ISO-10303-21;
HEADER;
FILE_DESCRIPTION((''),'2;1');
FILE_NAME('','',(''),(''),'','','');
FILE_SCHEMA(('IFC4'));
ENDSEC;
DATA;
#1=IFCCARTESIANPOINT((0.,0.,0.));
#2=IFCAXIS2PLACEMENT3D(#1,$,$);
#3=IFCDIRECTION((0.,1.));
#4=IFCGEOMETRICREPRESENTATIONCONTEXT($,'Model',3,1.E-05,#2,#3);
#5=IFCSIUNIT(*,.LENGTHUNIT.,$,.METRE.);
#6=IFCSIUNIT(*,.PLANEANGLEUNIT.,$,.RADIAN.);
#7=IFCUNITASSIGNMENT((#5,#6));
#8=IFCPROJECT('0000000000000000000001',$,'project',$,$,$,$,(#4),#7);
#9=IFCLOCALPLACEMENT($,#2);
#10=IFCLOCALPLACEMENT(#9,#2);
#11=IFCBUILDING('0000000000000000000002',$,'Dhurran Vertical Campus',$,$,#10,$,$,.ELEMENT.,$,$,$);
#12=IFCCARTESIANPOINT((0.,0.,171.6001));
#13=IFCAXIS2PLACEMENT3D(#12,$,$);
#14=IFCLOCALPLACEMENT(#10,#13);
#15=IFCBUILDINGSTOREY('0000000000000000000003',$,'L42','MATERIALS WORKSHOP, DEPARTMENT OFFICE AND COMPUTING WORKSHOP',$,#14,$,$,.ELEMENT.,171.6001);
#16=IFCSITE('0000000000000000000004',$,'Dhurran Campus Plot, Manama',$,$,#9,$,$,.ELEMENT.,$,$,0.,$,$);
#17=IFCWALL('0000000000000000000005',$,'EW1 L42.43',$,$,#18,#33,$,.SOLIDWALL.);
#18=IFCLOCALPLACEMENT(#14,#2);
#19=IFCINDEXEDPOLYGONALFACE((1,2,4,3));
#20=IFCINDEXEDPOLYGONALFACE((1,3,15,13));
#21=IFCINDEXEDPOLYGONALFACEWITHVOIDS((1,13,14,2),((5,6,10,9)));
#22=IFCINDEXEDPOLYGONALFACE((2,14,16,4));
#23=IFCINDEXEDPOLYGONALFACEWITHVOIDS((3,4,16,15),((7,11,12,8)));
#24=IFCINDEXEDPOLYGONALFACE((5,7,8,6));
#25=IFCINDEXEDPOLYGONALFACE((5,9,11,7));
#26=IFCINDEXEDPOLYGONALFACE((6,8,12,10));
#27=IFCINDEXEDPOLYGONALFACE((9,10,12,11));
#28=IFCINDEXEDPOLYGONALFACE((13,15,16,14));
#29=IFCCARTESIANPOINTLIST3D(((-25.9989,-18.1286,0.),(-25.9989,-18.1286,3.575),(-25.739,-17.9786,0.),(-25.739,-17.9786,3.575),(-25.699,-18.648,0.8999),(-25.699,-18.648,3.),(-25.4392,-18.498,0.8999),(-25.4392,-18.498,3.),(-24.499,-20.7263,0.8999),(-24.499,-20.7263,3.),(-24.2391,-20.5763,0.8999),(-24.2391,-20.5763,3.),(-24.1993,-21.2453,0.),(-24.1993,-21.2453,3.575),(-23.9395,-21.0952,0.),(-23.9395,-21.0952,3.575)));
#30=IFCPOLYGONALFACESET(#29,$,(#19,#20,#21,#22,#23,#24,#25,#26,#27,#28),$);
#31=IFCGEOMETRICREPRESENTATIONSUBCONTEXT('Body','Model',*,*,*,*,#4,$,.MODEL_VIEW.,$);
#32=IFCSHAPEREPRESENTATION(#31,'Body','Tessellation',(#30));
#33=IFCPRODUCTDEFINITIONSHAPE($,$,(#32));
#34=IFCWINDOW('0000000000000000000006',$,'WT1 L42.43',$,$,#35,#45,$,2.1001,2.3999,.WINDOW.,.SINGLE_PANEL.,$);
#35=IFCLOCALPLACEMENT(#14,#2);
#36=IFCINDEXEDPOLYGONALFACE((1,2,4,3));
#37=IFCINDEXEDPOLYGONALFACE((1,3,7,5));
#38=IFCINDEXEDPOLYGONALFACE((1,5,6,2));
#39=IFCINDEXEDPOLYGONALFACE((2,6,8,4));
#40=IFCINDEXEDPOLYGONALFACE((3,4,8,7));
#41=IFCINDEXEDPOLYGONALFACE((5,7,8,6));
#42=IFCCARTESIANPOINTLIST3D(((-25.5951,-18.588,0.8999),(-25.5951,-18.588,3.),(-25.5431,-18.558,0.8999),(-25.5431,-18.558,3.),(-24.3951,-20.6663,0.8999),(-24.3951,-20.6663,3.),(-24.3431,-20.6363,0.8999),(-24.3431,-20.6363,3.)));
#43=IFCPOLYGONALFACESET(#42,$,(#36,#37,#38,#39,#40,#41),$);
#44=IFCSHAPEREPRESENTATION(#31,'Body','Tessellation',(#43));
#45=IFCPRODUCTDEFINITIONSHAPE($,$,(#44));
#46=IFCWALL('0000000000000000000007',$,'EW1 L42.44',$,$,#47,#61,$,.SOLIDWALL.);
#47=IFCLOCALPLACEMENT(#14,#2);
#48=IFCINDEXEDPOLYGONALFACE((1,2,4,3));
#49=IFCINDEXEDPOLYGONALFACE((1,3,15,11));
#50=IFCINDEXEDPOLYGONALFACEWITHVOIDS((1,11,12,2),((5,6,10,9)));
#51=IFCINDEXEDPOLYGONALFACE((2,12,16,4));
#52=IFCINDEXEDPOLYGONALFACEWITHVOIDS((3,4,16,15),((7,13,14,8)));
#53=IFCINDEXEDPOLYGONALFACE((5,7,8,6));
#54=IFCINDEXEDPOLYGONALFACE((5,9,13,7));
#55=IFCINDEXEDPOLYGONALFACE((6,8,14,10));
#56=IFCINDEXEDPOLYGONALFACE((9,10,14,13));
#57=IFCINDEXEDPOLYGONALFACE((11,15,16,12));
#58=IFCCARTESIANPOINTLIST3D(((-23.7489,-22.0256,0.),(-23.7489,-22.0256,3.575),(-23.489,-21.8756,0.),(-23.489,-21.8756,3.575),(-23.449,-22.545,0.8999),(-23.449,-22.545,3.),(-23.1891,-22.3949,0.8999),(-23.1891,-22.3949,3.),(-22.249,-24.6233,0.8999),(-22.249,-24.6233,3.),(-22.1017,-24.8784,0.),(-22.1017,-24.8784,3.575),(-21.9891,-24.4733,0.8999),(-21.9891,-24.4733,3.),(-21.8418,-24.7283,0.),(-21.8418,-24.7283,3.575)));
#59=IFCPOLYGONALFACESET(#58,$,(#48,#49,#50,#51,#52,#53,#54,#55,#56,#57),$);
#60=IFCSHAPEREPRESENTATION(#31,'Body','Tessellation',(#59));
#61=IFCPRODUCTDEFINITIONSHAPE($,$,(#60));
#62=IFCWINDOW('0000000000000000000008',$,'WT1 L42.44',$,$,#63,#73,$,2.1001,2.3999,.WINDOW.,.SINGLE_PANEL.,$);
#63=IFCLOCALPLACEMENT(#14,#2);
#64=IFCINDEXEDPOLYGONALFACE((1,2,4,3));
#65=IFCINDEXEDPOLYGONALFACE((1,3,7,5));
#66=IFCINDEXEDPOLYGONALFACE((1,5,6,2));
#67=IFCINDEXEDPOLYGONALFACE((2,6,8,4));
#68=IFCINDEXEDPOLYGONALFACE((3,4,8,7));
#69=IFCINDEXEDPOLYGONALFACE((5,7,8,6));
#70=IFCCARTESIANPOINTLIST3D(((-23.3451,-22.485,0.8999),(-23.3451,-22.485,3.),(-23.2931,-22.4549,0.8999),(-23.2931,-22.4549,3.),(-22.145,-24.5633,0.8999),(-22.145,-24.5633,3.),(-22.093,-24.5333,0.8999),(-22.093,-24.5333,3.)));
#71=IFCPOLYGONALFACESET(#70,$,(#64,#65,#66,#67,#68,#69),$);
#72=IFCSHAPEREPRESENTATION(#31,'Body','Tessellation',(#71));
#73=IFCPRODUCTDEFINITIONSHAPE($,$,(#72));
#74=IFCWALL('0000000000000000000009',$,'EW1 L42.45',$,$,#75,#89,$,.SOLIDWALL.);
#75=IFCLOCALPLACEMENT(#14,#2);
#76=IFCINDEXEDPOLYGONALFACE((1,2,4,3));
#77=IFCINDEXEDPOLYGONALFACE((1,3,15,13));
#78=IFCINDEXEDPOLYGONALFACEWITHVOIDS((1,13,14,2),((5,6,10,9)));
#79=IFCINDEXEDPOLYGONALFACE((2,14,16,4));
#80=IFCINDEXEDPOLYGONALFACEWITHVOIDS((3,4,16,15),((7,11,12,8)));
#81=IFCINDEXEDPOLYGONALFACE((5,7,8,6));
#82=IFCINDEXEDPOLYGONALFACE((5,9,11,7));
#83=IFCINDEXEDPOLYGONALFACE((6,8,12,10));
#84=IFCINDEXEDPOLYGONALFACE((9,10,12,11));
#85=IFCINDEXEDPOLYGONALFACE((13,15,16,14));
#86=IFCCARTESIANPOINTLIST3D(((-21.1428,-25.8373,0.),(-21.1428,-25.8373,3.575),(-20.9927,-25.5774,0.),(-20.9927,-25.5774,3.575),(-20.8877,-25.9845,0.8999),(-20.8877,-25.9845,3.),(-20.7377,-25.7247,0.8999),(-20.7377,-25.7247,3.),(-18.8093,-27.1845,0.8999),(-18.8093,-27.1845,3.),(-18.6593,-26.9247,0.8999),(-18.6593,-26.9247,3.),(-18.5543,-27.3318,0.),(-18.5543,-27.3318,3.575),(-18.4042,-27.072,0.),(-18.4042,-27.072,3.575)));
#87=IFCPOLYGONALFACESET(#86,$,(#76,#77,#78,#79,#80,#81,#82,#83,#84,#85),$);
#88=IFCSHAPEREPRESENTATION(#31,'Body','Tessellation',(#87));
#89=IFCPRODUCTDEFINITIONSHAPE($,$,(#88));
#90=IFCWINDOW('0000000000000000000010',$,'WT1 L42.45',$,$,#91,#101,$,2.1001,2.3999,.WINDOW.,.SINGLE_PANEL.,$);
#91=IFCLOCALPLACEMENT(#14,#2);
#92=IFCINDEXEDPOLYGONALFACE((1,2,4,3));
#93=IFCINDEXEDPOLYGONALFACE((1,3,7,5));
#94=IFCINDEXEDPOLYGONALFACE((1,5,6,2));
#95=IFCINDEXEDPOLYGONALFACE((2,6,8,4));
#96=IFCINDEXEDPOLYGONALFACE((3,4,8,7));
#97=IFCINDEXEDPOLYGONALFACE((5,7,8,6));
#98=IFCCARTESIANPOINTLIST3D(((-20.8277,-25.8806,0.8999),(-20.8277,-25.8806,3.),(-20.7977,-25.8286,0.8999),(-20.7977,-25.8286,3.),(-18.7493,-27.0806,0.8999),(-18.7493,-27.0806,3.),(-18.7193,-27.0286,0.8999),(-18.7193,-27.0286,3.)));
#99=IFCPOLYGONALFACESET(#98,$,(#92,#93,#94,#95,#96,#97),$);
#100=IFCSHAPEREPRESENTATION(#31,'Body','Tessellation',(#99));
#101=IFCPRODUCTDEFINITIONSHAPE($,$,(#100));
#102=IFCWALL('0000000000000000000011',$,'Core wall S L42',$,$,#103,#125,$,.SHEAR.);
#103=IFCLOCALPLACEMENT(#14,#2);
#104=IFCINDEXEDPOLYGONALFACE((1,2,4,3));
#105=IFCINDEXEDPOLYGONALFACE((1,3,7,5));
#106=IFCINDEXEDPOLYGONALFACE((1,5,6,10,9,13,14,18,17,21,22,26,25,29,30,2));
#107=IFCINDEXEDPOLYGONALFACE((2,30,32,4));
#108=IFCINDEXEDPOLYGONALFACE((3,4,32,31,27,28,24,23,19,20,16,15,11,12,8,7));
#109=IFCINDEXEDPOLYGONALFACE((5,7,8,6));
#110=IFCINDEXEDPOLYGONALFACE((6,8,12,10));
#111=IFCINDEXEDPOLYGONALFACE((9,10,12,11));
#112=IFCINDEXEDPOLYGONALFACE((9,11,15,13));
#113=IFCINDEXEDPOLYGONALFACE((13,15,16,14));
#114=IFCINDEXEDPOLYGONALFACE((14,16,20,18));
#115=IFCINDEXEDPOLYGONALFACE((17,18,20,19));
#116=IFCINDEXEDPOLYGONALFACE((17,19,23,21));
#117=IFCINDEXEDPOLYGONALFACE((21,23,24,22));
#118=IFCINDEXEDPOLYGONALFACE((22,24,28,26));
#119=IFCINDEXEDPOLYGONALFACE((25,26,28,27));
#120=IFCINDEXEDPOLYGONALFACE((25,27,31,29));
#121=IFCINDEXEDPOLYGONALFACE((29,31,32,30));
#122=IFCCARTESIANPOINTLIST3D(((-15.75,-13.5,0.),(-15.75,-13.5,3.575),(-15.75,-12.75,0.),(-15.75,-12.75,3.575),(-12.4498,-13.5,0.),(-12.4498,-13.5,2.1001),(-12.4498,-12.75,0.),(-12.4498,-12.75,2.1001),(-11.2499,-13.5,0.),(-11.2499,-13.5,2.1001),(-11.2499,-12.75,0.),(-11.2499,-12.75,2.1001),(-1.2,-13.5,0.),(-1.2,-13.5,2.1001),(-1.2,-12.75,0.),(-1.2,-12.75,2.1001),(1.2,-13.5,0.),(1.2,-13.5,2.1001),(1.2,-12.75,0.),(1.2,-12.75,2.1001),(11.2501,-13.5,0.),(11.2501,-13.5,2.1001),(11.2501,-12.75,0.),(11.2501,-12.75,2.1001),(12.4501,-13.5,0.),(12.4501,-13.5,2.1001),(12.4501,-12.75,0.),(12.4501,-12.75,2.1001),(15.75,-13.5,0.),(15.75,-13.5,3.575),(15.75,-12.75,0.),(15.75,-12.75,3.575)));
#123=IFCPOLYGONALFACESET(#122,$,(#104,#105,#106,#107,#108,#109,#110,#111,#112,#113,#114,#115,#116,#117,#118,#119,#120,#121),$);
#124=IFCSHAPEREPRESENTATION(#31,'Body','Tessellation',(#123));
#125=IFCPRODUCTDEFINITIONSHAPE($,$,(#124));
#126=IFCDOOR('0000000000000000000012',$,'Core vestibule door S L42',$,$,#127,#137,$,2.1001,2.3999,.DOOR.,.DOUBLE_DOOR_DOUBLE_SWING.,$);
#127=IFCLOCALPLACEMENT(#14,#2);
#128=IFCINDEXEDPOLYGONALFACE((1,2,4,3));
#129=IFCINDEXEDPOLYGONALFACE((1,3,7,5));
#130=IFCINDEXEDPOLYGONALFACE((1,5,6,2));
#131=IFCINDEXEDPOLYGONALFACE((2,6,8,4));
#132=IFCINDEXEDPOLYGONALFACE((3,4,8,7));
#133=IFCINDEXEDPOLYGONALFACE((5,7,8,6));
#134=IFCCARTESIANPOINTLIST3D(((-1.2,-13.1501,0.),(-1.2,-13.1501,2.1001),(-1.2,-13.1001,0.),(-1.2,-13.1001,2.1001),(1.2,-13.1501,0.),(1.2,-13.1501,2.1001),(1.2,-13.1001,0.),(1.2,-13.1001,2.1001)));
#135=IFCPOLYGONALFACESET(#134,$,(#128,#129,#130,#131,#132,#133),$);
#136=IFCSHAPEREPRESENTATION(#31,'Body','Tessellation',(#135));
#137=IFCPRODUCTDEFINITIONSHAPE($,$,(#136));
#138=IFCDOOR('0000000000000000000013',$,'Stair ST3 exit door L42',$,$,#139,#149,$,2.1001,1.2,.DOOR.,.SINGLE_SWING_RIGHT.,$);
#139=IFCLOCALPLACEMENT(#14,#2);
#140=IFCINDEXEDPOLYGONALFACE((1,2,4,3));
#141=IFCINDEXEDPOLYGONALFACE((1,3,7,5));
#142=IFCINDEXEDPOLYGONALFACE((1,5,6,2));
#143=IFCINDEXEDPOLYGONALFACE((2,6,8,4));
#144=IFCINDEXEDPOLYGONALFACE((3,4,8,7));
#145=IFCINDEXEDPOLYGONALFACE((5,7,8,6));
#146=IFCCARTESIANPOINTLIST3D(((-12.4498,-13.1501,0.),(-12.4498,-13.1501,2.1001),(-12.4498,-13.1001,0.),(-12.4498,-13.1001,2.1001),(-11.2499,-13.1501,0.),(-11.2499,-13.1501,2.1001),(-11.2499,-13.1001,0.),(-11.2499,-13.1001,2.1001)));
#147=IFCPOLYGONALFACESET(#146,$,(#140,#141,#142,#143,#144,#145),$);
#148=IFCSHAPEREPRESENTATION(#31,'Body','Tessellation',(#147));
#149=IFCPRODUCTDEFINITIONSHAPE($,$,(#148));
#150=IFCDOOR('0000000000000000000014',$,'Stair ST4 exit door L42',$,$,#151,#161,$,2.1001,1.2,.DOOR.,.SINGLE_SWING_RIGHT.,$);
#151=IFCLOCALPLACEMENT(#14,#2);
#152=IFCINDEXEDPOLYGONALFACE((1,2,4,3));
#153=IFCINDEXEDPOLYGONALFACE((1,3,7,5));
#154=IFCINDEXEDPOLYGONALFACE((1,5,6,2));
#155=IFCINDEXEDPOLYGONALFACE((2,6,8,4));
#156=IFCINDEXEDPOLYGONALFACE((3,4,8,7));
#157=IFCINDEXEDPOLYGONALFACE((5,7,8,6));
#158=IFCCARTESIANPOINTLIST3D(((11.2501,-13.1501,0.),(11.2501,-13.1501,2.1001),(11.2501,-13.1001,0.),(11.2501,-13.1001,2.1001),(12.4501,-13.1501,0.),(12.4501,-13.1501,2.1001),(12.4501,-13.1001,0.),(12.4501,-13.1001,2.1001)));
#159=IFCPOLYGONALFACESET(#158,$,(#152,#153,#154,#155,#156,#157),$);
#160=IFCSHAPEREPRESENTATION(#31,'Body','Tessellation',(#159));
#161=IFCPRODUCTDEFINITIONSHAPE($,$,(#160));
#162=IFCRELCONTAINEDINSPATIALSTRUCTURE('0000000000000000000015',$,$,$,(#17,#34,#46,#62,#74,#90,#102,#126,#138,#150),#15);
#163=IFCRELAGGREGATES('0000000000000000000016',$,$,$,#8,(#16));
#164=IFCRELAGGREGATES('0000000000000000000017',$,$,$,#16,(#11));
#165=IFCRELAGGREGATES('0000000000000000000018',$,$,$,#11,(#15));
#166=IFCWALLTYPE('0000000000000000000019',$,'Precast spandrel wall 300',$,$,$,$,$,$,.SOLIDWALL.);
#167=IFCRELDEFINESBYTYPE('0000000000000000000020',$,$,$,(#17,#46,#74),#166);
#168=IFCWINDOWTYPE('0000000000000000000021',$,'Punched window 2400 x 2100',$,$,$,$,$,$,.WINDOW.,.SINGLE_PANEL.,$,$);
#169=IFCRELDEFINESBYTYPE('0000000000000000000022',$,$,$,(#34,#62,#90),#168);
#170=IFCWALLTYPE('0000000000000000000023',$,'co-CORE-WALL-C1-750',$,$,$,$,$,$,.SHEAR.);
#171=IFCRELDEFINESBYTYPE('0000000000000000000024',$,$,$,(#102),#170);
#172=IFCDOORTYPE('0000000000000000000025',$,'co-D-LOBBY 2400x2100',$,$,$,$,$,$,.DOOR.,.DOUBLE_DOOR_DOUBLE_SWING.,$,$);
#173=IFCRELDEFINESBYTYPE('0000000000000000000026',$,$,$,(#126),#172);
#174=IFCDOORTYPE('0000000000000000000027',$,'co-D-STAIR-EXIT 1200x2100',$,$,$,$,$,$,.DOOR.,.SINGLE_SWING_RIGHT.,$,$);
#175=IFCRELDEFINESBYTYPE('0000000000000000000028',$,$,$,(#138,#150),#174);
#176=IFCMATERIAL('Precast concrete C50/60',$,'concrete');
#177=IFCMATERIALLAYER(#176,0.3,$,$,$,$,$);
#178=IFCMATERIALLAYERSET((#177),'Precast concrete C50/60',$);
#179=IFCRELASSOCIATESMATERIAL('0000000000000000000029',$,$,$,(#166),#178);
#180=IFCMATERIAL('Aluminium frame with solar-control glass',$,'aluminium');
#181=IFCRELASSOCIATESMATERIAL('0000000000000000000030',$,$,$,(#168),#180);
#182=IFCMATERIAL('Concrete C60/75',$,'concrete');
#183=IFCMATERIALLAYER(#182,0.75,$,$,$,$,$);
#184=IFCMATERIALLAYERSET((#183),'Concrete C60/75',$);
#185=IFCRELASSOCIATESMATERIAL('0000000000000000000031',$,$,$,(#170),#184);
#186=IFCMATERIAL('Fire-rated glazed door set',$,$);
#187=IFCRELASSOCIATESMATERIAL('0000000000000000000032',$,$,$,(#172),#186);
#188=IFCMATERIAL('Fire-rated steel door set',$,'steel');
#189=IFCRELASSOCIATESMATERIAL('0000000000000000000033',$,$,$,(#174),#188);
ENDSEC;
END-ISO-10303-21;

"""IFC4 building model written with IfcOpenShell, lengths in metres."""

from ifc_helpers import new_model, si_unit, direction, frame, frame_2d, origin, place, context, subcontext, project, spatial, rectangle, extrude, material, layer, layer_set, type_object, element, fill, save


model = new_model("IFC4")

# Units and contexts
model_context = context("Model", 3, precision=1e-05, world=origin(), true_north=direction((0.0, 1.0)))
body_context = subcontext(model_context, "Body", "Model", "MODEL_VIEW")
ifc_project = project(units=[si_unit("LENGTHUNIT", "METRE"), si_unit("PLANEANGLEUNIT", "RADIAN")], contexts=[model_context])

# Site, building, storey
site_placement = place(None, origin())
site = spatial("IfcSite", under=ifc_project, at=site_placement, Name="Dhurran Campus Plot, Manama", CompositionType="ELEMENT", RefElevation=0.0)
building_placement = place(site_placement, origin())
building = spatial("IfcBuilding", under=site, at=building_placement, Name="Dhurran Vertical Campus", CompositionType="ELEMENT")
storey_placement = place(building_placement, frame((0.0, 0.0, 171.6001)))
storey = spatial("IfcBuildingStorey", under=building, at=storey_placement, Name="L42", Description="MATERIALS WORKSHOP, DEPARTMENT OFFICE AND COMPUTING WORKSHOP", CompositionType="ELEMENT", Elevation=171.6001)

# Walls, openings, windows
ifc_material_1 = material(Name="Precast concrete C50/60", Category="concrete")
ifc_layer_1 = layer(ifc_material_1, 0.3)
ifc_layer_set_1 = layer_set([ifc_layer_1], Name="Precast concrete C50/60")
wall_type_1 = type_object("IfcWallType", Name="Precast spandrel wall 300", PredefinedType="SOLIDWALL", material=ifc_layer_set_1)
ifc_material_2 = material(Name="Aluminium frame with solar-control glass", Category="aluminium")
window_type = type_object("IfcWindowType", Name="Punched window 2400 x 2100", PartitioningType="SINGLE_PANEL", PredefinedType="WINDOW", material=ifc_material_2)
wall_1_placement = place(storey_placement, frame((-25.8689, -18.0537, 0.0), z_axis=(0.0, 0.0, 1.0), x_axis=(0.500028, -0.866009, 0.0)))
wall_1 = element("IfcWall", 1, at=wall_1_placement, inside=storey, type_object=wall_type_1, Name="EW1 L42.43", PredefinedType="SOLIDWALL", context=body_context, shape_type="SweptSolid", body=[
    extrude(rectangle(XDim=3.5989, YDim=0.3, at=frame_2d((1.7993, 0.0))), origin(), (0.0, 0.0, 1.0), 3.575),
])
opening_1_placement = place(wall_1_placement, frame((0.5996, 0.0, 0.8999)))
opening_1 = element("IfcOpeningElement", 2, at=opening_1_placement, cuts=wall_1, PredefinedType="OPENING", context=body_context, shape_type="SweptSolid", body=[
    extrude(rectangle(XDim=2.3999, YDim=2.1001, at=frame_2d((1.2, 1.05))), frame((0.0, 0.1599, 0.0), z_axis=(0.0, -1.0, 0.0), x_axis=(1.0, 0.0, 0.0)), (0.0, 0.0, 1.0), 0.3201),
])
window_1_placement = place(opening_1_placement, origin())
window_1 = element("IfcWindow", 3, at=window_1_placement, inside=storey, type_object=window_type, Name="WT1 L42.43", OverallHeight=2.1001, OverallWidth=2.3999, PartitioningType="SINGLE_PANEL", PredefinedType="WINDOW", context=body_context, shape_type="SweptSolid", body=[
    extrude(rectangle(XDim=2.3999, YDim=2.1001, at=frame_2d((1.2, 1.05))), frame((0.0, 0.03, 0.0), z_axis=(0.0, -1.0, 0.0), x_axis=(1.0, 0.0, 0.0)), (0.0, 0.0, 1.0), 0.0601),
])
fill(opening_1, window_1)
wall_2_placement = place(storey_placement, frame((-23.6189, -21.9507, 0.0), z_axis=(0.0, 0.0, 1.0), x_axis=(0.500037, -0.866004, 0.0)))
wall_2 = element("IfcWall", 4, at=wall_2_placement, inside=storey, type_object=wall_type_1, Name="EW1 L42.44", PredefinedType="SOLIDWALL", context=body_context, shape_type="SweptSolid", body=[
    extrude(rectangle(XDim=3.2942, YDim=0.3, at=frame_2d((1.647, 0.0))), origin(), (0.0, 0.0, 1.0), 3.575),
])
opening_2_placement = place(wall_2_placement, frame((0.5996, 0.0, 0.8999)))
opening_2 = element("IfcOpeningElement", 5, at=opening_2_placement, cuts=wall_2, PredefinedType="OPENING", context=body_context, shape_type="SweptSolid", body=[
    extrude(rectangle(XDim=2.3999, YDim=2.1001, at=frame_2d((1.2, 1.05))), frame((0.0, 0.1599, 0.0), z_axis=(0.0, -1.0, 0.0), x_axis=(1.0, 0.0, 0.0)), (0.0, 0.0, 1.0), 0.3201),
])
window_2_placement = place(opening_2_placement, origin())
window_2 = element("IfcWindow", 6, at=window_2_placement, inside=storey, type_object=window_type, Name="WT1 L42.44", OverallHeight=2.1001, OverallWidth=2.3999, PartitioningType="SINGLE_PANEL", PredefinedType="WINDOW", context=body_context, shape_type="SweptSolid", body=[
    extrude(rectangle(XDim=2.3999, YDim=2.1001, at=frame_2d((1.2, 1.05))), frame((0.0, 0.03, 0.0), z_axis=(0.0, -1.0, 0.0), x_axis=(1.0, 0.0, 0.0)), (0.0, 0.0, 1.0), 0.0601),
])
fill(opening_2, window_2)
wall_3_placement = place(storey_placement, frame((-21.0679, -25.7073, 0.0), z_axis=(0.0, 0.0, 1.0), x_axis=(0.866013, -0.500022, 0.0)))
wall_3 = element("IfcWall", 7, at=wall_3_placement, inside=storey, type_object=wall_type_1, Name="EW1 L42.45", PredefinedType="SOLIDWALL", context=body_context, shape_type="SweptSolid", body=[
    extrude(rectangle(XDim=2.989, YDim=0.3, at=frame_2d((1.4946, 0.0))), origin(), (0.0, 0.0, 1.0), 3.575),
])
opening_3_placement = place(wall_3_placement, frame((0.2947, 0.0, 0.8999)))
opening_3 = element("IfcOpeningElement", 8, at=opening_3_placement, cuts=wall_3, PredefinedType="OPENING", context=body_context, shape_type="SweptSolid", body=[
    extrude(rectangle(XDim=2.3999, YDim=2.1001, at=frame_2d((1.2, 1.05))), frame((0.0, 0.1599, 0.0), z_axis=(0.0, -1.0, 0.0), x_axis=(1.0, 0.0, 0.0)), (0.0, 0.0, 1.0), 0.3201),
])
window_3_placement = place(opening_3_placement, origin())
window_3 = element("IfcWindow", 9, at=window_3_placement, inside=storey, type_object=window_type, Name="WT1 L42.45", OverallHeight=2.1001, OverallWidth=2.3999, PartitioningType="SINGLE_PANEL", PredefinedType="WINDOW", context=body_context, shape_type="SweptSolid", body=[
    extrude(rectangle(XDim=2.3999, YDim=2.1001, at=frame_2d((1.2, 1.05))), frame((0.0, 0.03, 0.0), z_axis=(0.0, -1.0, 0.0), x_axis=(1.0, 0.0, 0.0)), (0.0, 0.0, 1.0), 0.0601),
])
fill(opening_3, window_3)

# Wall, openings, doors
ifc_material_3 = material(Name="Concrete C60/75", Category="concrete")
ifc_layer_2 = layer(ifc_material_3, 0.75)
ifc_layer_set_2 = layer_set([ifc_layer_2], Name="Concrete C60/75")
wall_type_2 = type_object("IfcWallType", Name="co-CORE-WALL-C1-750", PredefinedType="SHEAR", material=ifc_layer_set_2)
wall_4_placement = place(storey_placement, frame((-15.75, -13.125, 0.0), z_axis=(0.0, 0.0, 1.0), x_axis=(1.0, 0.0, 0.0)))
wall_4 = element("IfcWall", 10, at=wall_4_placement, inside=storey, type_object=wall_type_2, Name="Core wall S L42", PredefinedType="SHEAR", context=body_context, shape_type="SweptSolid", body=[
    extrude(rectangle(XDim=31.5, YDim=0.75, at=frame_2d((15.75, 0.0))), origin(), (0.0, 0.0, 1.0), 3.575),
])
opening_4_placement = place(wall_4_placement, frame((14.55, 0.0, 0.0)))
opening_4 = element("IfcOpeningElement", 11, at=opening_4_placement, cuts=wall_4, PredefinedType="OPENING", context=body_context, shape_type="SweptSolid", body=[
    extrude(rectangle(XDim=2.3999, YDim=2.1001, at=frame_2d((1.2, 1.05))), frame((0.0, 0.385, 0.0), z_axis=(0.0, -1.0, 0.0), x_axis=(1.0, 0.0, 0.0)), (0.0, 0.0, 1.0), 0.77),
])
opening_5_placement = place(wall_4_placement, frame((3.3, 0.0, 0.0)))
opening_5 = element("IfcOpeningElement", 12, at=opening_5_placement, cuts=wall_4, PredefinedType="OPENING", context=body_context, shape_type="SweptSolid", body=[
    extrude(rectangle(XDim=1.2, YDim=2.1001, at=frame_2d((0.6001, 1.05))), frame((0.0, 0.385, 0.0), z_axis=(0.0, -1.0, 0.0), x_axis=(1.0, 0.0, 0.0)), (0.0, 0.0, 1.0), 0.77),
])
opening_6_placement = place(wall_4_placement, frame((27.0, 0.0, 0.0)))
opening_6 = element("IfcOpeningElement", 13, at=opening_6_placement, cuts=wall_4, PredefinedType="OPENING", context=body_context, shape_type="SweptSolid", body=[
    extrude(rectangle(XDim=1.2, YDim=2.1001, at=frame_2d((0.6001, 1.05))), frame((0.0, 0.385, 0.0), z_axis=(0.0, -1.0, 0.0), x_axis=(1.0, 0.0, 0.0)), (0.0, 0.0, 1.0), 0.77),
])
ifc_material_4 = material(Name="Fire-rated glazed door set")
door_type_1 = type_object("IfcDoorType", Name="co-D-LOBBY 2400x2100", OperationType="DOUBLE_DOOR_DOUBLE_SWING", PredefinedType="DOOR", material=ifc_material_4)
door_1_placement = place(opening_4_placement, origin())
door_1 = element("IfcDoor", 14, at=door_1_placement, inside=storey, type_object=door_type_1, Name="Core vestibule door S L42", OperationType="DOUBLE_DOOR_DOUBLE_SWING", OverallHeight=2.1001, OverallWidth=2.3999, PredefinedType="DOOR", context=body_context, shape_type="SweptSolid", body=[
    extrude(rectangle(XDim=2.3999, YDim=2.1001, at=frame_2d((1.2, 1.05))), frame((0.0, 0.0249, 0.0), z_axis=(0.0, -1.0, 0.0), x_axis=(1.0, 0.0, 0.0)), (0.0, 0.0, 1.0), 0.05),
])
fill(opening_4, door_1)
ifc_material_5 = material(Name="Fire-rated steel door set", Category="steel")
door_type_2 = type_object("IfcDoorType", Name="co-D-STAIR-EXIT 1200x2100", OperationType="SINGLE_SWING_RIGHT", PredefinedType="DOOR", material=ifc_material_5)
door_2_placement = place(opening_5_placement, origin())
door_2 = element("IfcDoor", 15, at=door_2_placement, inside=storey, type_object=door_type_2, Name="Stair ST3 exit door L42", OperationType="SINGLE_SWING_RIGHT", OverallHeight=2.1001, OverallWidth=1.2, PredefinedType="DOOR", context=body_context, shape_type="SweptSolid", body=[
    extrude(rectangle(XDim=1.2, YDim=2.1001, at=frame_2d((0.6001, 1.05))), frame((0.0, 0.0249, 0.0), z_axis=(0.0, -1.0, 0.0), x_axis=(1.0, 0.0, 0.0)), (0.0, 0.0, 1.0), 0.05),
])
fill(opening_5, door_2)
door_3_placement = place(opening_6_placement, origin())
door_3 = element("IfcDoor", 16, at=door_3_placement, inside=storey, type_object=door_type_2, Name="Stair ST4 exit door L42", OperationType="SINGLE_SWING_RIGHT", OverallHeight=2.1001, OverallWidth=1.2, PredefinedType="DOOR", context=body_context, shape_type="SweptSolid", body=[
    extrude(rectangle(XDim=1.2, YDim=2.1001, at=frame_2d((0.6001, 1.05))), frame((0.0, 0.0249, 0.0), z_axis=(0.0, -1.0, 0.0), x_axis=(1.0, 0.0, 0.0)), (0.0, 0.0, 1.0), 0.05),
])
fill(opening_6, door_3)

save(model, "model.ifc")
